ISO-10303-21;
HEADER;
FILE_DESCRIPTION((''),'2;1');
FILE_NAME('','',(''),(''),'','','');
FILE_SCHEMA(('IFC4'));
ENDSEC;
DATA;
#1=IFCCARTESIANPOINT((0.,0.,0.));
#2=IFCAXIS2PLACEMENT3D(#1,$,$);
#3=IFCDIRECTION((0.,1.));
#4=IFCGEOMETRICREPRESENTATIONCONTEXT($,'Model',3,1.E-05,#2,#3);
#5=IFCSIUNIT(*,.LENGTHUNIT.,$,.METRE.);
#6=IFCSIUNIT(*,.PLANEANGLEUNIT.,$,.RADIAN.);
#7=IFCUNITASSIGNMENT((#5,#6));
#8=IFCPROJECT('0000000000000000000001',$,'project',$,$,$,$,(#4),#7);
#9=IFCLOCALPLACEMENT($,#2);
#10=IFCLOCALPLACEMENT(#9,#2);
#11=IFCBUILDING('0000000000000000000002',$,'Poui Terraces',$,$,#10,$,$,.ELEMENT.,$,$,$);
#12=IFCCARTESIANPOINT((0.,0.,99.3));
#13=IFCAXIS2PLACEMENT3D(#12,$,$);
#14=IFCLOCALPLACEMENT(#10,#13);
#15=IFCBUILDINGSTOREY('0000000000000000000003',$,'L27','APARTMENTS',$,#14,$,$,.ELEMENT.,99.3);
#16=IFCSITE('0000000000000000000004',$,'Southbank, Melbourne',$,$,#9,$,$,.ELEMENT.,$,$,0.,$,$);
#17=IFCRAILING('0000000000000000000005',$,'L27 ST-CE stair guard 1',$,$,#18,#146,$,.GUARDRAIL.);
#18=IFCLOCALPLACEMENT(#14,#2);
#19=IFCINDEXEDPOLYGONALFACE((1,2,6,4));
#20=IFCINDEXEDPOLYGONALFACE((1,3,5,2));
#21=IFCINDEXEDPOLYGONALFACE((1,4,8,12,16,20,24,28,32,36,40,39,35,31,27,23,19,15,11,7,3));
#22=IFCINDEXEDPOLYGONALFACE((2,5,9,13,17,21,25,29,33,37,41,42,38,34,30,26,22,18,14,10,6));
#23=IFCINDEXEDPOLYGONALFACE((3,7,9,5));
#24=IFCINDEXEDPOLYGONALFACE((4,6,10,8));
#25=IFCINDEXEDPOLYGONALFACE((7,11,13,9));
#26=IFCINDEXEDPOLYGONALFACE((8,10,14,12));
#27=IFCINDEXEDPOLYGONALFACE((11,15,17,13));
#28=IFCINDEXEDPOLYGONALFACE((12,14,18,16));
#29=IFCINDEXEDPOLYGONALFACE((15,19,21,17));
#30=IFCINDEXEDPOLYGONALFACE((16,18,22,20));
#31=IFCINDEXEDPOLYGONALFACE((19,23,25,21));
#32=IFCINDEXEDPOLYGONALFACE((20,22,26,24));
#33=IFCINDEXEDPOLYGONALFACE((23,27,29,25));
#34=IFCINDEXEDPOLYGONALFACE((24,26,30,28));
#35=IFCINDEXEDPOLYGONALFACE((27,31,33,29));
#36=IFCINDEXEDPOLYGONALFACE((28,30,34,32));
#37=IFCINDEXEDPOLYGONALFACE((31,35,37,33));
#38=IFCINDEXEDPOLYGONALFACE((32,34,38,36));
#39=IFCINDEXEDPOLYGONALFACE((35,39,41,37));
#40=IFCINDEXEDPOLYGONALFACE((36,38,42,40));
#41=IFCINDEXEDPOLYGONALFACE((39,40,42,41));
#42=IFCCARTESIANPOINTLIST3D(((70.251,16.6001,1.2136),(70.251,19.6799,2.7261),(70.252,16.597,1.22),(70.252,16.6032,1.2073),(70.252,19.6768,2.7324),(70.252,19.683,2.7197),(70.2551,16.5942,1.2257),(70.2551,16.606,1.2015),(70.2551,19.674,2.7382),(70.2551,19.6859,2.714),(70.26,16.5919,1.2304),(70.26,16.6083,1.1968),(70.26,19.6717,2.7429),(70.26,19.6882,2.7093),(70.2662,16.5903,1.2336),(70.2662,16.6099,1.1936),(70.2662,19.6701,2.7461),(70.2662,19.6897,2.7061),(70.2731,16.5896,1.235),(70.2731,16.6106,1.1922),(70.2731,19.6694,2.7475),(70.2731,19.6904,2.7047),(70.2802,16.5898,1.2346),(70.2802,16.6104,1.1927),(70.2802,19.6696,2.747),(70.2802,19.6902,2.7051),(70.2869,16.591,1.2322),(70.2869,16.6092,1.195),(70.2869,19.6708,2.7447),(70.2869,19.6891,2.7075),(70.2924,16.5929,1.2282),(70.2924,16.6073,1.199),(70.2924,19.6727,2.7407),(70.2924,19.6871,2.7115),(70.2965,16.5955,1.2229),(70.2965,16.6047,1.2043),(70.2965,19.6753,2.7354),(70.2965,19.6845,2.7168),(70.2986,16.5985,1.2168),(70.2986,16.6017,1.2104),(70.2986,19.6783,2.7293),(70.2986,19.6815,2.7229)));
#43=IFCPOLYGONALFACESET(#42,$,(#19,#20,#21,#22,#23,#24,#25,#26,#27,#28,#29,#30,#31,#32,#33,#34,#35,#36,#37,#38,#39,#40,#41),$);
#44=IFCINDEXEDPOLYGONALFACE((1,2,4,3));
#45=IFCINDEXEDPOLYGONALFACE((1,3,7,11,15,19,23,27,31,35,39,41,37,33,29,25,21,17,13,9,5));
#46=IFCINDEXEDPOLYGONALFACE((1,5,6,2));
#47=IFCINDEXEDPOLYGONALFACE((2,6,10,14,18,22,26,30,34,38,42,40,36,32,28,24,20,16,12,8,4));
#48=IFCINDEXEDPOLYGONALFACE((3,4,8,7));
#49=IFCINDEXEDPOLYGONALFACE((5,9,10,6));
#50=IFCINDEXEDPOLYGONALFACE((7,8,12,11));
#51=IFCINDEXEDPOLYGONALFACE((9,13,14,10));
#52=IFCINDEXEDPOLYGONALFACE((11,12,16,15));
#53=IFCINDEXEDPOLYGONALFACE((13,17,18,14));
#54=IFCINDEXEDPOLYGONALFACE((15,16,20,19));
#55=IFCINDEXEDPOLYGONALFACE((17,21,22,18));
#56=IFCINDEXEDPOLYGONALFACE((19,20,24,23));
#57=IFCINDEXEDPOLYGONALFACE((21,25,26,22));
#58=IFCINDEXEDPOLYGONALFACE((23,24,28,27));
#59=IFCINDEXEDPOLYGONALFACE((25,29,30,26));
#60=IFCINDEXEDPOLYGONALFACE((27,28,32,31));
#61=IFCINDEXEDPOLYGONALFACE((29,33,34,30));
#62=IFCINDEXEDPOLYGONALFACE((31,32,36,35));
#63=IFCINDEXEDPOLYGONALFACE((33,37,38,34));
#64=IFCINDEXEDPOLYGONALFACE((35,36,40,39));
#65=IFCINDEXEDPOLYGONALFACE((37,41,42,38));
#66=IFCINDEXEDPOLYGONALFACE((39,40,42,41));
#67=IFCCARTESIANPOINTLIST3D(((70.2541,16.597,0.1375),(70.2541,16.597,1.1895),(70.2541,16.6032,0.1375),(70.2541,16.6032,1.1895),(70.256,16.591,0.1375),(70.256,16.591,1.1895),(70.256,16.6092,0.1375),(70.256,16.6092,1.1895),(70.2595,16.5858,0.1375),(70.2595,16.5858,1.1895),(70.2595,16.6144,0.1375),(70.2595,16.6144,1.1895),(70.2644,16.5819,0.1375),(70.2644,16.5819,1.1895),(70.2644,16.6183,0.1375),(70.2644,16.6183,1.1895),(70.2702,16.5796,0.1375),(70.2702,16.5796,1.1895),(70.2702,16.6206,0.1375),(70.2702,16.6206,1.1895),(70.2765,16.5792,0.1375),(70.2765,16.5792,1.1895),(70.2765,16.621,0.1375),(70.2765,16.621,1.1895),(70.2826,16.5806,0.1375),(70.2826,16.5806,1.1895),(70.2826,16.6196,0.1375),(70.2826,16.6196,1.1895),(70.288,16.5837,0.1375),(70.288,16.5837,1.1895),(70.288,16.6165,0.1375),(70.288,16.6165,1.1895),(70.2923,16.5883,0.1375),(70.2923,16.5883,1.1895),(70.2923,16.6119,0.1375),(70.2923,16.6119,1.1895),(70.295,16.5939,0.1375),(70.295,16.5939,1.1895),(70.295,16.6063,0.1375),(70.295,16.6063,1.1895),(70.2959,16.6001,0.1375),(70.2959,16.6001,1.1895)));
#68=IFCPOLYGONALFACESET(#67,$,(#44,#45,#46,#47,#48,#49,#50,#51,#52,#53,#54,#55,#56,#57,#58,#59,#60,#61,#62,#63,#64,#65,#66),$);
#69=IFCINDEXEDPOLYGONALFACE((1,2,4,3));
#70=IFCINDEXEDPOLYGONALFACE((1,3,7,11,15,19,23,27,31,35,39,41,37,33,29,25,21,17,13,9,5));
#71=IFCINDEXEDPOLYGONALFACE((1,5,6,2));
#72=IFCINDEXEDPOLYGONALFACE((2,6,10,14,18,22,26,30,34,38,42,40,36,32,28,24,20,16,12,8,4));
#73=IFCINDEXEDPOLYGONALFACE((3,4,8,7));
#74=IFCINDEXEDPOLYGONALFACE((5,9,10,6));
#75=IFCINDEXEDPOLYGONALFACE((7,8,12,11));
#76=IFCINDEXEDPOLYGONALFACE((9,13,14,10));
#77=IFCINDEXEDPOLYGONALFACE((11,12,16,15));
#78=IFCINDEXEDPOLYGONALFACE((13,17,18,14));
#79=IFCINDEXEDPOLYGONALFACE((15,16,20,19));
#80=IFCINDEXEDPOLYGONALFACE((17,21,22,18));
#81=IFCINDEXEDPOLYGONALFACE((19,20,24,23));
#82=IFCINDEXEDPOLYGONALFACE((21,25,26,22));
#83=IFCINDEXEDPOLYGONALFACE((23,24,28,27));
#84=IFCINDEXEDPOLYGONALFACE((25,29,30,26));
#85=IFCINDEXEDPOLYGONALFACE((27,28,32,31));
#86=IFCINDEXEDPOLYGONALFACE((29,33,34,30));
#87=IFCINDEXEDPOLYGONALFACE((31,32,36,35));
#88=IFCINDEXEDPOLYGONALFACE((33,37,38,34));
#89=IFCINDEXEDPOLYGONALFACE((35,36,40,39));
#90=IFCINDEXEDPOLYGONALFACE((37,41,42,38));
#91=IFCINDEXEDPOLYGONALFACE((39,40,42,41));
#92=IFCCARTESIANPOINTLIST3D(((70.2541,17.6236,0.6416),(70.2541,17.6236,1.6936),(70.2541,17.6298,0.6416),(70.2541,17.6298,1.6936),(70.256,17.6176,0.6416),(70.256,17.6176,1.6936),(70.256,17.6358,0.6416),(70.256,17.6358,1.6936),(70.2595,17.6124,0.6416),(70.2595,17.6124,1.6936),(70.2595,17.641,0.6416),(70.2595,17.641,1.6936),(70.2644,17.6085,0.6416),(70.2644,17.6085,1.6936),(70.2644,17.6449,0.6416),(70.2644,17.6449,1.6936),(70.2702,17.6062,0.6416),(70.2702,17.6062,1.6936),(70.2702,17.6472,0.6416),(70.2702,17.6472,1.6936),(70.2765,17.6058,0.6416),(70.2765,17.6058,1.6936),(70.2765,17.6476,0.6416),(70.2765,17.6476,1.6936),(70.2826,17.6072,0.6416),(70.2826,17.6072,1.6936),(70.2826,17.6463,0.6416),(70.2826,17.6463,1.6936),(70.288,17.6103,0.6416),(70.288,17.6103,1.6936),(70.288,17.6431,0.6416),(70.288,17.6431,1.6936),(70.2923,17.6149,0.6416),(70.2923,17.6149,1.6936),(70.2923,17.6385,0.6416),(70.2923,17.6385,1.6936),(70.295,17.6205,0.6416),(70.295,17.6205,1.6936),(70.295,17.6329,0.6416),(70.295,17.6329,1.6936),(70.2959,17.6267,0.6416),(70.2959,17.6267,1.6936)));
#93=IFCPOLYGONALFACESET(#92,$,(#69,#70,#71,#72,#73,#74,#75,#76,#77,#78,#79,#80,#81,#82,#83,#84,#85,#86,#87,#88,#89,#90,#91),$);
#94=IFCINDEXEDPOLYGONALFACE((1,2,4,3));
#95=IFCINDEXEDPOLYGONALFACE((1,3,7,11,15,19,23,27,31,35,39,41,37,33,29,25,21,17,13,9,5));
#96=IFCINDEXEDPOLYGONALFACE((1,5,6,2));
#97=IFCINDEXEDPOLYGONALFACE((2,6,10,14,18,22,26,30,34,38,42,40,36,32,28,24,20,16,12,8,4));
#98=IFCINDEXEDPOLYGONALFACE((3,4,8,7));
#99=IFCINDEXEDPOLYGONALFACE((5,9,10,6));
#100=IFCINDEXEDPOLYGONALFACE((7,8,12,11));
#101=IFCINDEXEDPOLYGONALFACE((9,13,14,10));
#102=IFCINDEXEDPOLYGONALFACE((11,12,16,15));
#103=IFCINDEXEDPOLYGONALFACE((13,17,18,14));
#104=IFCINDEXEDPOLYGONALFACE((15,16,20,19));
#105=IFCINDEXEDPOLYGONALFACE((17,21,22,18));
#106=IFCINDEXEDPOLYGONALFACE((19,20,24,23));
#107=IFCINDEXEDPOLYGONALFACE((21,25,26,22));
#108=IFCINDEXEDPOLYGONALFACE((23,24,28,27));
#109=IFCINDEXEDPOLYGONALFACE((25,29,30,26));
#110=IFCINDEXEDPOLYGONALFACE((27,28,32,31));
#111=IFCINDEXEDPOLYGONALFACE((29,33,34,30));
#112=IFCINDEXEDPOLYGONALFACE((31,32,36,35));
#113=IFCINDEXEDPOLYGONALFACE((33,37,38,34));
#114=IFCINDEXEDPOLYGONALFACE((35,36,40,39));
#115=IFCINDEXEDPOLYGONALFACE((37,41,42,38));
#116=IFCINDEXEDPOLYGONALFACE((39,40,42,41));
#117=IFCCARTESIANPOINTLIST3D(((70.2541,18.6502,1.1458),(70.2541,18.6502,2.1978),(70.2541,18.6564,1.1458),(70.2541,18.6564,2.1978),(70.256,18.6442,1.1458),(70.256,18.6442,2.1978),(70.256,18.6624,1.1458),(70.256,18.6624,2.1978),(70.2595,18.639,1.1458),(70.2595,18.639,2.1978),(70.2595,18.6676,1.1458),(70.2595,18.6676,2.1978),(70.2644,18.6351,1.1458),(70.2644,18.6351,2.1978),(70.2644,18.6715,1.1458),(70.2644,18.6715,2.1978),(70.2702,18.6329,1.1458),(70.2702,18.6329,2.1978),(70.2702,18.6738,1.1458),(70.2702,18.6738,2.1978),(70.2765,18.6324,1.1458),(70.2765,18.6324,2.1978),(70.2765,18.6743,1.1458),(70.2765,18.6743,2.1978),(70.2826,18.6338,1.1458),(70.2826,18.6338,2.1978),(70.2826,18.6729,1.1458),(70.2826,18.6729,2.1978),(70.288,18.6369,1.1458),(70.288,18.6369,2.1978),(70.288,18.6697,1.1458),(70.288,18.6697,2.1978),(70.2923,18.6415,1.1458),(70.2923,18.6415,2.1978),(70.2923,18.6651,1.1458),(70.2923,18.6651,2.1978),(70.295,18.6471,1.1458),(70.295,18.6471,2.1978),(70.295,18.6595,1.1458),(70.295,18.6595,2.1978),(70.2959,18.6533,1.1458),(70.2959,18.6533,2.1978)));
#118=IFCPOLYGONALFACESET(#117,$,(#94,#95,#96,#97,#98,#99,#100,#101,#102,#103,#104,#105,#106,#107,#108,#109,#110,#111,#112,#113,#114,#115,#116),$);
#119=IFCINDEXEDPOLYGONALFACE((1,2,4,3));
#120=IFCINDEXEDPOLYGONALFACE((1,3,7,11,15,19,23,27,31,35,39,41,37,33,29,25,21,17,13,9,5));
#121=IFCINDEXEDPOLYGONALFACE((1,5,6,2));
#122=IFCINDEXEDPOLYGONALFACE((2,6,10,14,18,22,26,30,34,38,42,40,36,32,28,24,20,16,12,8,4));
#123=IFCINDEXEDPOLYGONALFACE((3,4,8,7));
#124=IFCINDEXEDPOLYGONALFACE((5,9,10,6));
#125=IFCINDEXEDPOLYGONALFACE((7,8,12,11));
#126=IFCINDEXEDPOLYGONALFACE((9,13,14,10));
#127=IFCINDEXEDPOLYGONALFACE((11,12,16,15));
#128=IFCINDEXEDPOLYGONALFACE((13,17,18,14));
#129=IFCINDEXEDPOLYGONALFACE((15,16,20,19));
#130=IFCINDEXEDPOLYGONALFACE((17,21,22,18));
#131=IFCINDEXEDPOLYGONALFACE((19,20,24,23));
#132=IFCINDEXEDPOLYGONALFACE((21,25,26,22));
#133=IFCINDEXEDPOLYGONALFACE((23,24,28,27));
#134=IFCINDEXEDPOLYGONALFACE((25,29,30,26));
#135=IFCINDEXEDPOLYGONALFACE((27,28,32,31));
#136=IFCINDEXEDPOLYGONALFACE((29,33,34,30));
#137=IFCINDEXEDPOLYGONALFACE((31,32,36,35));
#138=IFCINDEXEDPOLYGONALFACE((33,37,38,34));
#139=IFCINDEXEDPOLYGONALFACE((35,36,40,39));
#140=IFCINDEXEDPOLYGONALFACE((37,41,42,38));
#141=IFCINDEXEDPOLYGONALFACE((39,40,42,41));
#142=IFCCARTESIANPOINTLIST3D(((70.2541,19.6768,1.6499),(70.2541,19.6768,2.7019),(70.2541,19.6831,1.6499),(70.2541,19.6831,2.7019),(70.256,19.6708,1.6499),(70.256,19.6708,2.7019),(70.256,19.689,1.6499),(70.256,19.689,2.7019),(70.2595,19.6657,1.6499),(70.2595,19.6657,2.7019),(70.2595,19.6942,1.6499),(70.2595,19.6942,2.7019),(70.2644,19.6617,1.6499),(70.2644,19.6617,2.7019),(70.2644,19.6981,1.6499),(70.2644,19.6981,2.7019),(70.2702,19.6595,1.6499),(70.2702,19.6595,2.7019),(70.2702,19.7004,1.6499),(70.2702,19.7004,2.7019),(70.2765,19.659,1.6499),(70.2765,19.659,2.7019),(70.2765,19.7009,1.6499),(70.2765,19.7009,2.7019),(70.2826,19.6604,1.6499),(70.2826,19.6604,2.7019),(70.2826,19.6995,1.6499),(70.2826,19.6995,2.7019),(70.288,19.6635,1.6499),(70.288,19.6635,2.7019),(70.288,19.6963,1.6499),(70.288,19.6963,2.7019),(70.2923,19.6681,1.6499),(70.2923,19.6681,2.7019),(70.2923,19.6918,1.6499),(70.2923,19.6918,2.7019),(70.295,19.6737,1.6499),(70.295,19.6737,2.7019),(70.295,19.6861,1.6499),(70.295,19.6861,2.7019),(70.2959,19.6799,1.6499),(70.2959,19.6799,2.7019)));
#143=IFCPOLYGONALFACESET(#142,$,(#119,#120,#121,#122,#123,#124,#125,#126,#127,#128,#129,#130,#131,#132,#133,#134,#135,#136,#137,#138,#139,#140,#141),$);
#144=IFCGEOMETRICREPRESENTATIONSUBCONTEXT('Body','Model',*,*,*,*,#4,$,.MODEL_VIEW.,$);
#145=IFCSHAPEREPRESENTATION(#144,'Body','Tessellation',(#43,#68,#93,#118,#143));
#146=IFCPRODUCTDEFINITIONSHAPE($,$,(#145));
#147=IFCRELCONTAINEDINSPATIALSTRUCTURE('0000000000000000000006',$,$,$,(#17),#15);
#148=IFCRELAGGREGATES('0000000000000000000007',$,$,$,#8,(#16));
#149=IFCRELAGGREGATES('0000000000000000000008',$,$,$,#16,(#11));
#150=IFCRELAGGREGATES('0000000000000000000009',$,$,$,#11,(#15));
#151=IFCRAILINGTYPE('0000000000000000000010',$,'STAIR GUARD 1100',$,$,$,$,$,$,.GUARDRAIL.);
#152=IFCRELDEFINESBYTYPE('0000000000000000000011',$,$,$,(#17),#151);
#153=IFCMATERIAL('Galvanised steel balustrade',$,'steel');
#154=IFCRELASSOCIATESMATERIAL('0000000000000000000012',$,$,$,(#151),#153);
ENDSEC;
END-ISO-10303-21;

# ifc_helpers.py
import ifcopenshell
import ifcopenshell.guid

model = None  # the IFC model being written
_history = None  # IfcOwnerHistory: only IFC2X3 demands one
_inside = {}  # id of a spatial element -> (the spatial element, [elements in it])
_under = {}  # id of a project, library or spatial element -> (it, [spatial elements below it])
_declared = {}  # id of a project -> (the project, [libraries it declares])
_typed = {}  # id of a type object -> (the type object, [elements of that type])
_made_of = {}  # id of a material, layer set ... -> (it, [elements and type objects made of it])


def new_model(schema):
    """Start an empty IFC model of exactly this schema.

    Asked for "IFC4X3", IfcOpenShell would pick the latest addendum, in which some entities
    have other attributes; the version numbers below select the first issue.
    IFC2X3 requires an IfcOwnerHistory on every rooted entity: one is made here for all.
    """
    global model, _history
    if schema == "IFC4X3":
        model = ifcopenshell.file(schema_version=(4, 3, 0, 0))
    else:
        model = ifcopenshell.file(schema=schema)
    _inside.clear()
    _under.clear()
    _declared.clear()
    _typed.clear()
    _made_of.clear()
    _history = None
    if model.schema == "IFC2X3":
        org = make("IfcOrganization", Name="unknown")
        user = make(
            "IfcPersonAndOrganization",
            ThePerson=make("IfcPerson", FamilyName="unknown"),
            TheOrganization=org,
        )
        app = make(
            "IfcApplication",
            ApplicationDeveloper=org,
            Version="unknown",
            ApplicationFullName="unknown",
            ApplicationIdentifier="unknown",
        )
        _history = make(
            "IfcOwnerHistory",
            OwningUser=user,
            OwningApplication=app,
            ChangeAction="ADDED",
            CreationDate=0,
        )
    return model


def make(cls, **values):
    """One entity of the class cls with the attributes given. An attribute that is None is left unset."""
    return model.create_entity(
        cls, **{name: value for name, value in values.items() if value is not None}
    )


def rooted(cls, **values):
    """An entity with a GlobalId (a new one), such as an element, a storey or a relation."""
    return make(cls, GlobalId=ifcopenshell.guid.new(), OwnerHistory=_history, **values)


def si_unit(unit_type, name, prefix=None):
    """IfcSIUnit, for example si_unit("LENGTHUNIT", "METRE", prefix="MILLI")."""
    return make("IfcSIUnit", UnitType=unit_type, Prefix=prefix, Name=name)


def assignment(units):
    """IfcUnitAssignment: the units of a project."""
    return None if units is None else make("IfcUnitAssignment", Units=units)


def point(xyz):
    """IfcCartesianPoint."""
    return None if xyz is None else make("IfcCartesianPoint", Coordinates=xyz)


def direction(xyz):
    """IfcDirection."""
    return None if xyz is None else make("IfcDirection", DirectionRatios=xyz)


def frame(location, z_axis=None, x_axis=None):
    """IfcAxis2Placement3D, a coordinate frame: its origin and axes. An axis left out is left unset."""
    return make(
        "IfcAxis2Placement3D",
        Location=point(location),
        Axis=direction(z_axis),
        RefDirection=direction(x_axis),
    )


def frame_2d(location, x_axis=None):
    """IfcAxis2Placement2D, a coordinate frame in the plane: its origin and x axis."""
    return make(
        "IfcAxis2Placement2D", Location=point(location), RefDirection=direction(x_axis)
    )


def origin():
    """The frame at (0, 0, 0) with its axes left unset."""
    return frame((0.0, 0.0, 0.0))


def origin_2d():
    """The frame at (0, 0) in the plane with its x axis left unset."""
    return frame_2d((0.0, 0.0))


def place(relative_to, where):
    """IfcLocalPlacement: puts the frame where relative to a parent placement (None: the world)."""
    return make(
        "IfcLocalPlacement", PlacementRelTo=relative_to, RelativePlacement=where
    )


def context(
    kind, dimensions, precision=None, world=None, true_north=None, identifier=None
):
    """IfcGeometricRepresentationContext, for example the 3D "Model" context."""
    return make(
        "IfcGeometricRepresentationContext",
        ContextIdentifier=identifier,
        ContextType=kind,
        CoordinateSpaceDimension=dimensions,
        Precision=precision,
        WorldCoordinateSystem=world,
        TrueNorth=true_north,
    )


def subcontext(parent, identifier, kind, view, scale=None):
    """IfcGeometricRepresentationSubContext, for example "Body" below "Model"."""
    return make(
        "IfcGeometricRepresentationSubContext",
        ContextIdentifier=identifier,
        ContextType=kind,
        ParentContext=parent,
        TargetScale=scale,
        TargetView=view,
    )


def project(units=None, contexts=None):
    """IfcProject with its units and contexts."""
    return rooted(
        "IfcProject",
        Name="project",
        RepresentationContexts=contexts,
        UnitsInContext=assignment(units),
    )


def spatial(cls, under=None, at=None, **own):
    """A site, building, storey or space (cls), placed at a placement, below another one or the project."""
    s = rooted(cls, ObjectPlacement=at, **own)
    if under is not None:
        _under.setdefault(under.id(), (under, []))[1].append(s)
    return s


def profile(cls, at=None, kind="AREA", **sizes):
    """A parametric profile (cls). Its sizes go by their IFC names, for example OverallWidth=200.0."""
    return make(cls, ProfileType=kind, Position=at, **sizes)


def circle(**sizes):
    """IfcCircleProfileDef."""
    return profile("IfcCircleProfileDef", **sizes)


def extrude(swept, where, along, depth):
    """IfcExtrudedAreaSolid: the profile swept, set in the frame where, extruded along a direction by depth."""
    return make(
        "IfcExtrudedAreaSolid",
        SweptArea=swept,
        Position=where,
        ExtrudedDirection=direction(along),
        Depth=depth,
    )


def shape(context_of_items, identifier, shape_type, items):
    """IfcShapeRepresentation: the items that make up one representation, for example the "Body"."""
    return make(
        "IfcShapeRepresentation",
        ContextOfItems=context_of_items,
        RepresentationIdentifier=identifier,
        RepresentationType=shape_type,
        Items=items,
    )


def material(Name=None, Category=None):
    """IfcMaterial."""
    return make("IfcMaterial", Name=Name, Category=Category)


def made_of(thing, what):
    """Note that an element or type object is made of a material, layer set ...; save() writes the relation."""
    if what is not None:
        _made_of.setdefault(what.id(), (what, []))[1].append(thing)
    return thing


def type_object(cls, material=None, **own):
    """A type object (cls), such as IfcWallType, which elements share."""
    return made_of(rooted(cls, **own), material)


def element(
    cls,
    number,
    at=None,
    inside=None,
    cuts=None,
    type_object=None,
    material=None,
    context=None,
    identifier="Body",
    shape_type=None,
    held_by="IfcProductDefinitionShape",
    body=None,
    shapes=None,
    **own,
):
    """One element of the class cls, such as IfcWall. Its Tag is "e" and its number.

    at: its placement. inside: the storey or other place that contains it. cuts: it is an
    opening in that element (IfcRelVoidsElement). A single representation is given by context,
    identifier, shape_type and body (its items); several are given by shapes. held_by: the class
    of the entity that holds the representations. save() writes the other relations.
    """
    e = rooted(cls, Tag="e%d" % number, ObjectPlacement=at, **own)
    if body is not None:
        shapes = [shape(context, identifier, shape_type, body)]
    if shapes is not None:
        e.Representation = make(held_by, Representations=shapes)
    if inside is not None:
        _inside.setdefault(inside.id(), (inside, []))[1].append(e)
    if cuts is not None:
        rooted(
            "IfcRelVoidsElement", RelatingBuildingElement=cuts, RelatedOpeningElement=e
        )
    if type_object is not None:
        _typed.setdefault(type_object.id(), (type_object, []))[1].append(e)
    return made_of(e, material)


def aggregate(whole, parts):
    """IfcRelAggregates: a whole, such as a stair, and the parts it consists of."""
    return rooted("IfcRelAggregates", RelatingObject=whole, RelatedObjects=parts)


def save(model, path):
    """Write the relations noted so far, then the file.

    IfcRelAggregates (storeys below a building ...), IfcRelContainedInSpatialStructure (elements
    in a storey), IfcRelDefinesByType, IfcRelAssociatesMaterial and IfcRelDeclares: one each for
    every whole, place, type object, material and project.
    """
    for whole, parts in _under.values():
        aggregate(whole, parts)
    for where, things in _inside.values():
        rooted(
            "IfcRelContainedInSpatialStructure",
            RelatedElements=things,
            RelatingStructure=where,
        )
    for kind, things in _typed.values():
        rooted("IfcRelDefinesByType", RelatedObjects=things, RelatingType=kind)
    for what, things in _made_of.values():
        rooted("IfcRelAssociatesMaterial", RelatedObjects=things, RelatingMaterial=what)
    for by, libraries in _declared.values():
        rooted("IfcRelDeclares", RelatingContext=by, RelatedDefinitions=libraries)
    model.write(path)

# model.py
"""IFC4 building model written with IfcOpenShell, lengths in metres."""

from ifc_helpers import new_model, si_unit, direction, frame, origin, origin_2d, place, context, subcontext, project, spatial, circle, extrude, material, type_object, element, save


model = new_model("IFC4")

# Units and contexts
model_context = context("Model", 3, precision=1e-05, world=origin(), true_north=direction((0.0, 1.0)))
body_context = subcontext(model_context, "Body", "Model", "MODEL_VIEW")
ifc_project = project(units=[si_unit("LENGTHUNIT", "METRE"), si_unit("PLANEANGLEUNIT", "RADIAN")], contexts=[model_context])

# Site, building, storey
site_placement = place(None, origin())
site = spatial("IfcSite", under=ifc_project, at=site_placement, Name="Southbank, Melbourne", CompositionType="ELEMENT", RefElevation=0.0)
building_placement = place(site_placement, origin())
building = spatial("IfcBuilding", under=site, at=building_placement, Name="Poui Terraces", CompositionType="ELEMENT")
storey_placement = place(building_placement, frame((0.0, 0.0, 99.3)))
storey = spatial("IfcBuildingStorey", under=building, at=storey_placement, Name="L27", Description="APARTMENTS", CompositionType="ELEMENT", Elevation=99.3)

# Railing
ifc_material_1 = material(Name="Galvanised steel balustrade", Category="steel")
railing_type_1 = type_object("IfcRailingType", Name="STAIR GUARD 1100", PredefinedType="GUARDRAIL", material=ifc_material_1)
for number, where, name in (
    (1, (70.2749, 16.6001, 0.1375), "L27 ST-CE stair guard 1"),
):
    element("IfcRailing", number, at=place(storey_placement, frame(where)), inside=storey, type_object=railing_type_1, Name=name, PredefinedType="GUARDRAIL", context=body_context, shape_type="SweptSolid", body=[
        extrude(circle(Radius=0.0239, at=origin_2d()), frame((0.0, 0.0, 1.0762), z_axis=(0.0, 0.897606, 0.440798), x_axis=(-1.0, 0.0, 0.0)), (0.0, 0.0, 1.0), 3.4312),
        extrude(circle(Radius=0.021, at=origin_2d()), origin(), (0.0, 0.0, 1.0), 1.052),
        extrude(circle(Radius=0.021, at=origin_2d()), frame((0.0, 1.0266, 0.5042)), (0.0, 0.0, 1.0), 1.052),
        extrude(circle(Radius=0.021, at=origin_2d()), frame((0.0, 2.0532, 1.0083)), (0.0, 0.0, 1.0), 1.052),
        extrude(circle(Radius=0.021, at=origin_2d()), frame((0.0, 3.0798, 1.5125)), (0.0, 0.0, 1.0), 1.052),
    ])

save(model, "model.ifc")
